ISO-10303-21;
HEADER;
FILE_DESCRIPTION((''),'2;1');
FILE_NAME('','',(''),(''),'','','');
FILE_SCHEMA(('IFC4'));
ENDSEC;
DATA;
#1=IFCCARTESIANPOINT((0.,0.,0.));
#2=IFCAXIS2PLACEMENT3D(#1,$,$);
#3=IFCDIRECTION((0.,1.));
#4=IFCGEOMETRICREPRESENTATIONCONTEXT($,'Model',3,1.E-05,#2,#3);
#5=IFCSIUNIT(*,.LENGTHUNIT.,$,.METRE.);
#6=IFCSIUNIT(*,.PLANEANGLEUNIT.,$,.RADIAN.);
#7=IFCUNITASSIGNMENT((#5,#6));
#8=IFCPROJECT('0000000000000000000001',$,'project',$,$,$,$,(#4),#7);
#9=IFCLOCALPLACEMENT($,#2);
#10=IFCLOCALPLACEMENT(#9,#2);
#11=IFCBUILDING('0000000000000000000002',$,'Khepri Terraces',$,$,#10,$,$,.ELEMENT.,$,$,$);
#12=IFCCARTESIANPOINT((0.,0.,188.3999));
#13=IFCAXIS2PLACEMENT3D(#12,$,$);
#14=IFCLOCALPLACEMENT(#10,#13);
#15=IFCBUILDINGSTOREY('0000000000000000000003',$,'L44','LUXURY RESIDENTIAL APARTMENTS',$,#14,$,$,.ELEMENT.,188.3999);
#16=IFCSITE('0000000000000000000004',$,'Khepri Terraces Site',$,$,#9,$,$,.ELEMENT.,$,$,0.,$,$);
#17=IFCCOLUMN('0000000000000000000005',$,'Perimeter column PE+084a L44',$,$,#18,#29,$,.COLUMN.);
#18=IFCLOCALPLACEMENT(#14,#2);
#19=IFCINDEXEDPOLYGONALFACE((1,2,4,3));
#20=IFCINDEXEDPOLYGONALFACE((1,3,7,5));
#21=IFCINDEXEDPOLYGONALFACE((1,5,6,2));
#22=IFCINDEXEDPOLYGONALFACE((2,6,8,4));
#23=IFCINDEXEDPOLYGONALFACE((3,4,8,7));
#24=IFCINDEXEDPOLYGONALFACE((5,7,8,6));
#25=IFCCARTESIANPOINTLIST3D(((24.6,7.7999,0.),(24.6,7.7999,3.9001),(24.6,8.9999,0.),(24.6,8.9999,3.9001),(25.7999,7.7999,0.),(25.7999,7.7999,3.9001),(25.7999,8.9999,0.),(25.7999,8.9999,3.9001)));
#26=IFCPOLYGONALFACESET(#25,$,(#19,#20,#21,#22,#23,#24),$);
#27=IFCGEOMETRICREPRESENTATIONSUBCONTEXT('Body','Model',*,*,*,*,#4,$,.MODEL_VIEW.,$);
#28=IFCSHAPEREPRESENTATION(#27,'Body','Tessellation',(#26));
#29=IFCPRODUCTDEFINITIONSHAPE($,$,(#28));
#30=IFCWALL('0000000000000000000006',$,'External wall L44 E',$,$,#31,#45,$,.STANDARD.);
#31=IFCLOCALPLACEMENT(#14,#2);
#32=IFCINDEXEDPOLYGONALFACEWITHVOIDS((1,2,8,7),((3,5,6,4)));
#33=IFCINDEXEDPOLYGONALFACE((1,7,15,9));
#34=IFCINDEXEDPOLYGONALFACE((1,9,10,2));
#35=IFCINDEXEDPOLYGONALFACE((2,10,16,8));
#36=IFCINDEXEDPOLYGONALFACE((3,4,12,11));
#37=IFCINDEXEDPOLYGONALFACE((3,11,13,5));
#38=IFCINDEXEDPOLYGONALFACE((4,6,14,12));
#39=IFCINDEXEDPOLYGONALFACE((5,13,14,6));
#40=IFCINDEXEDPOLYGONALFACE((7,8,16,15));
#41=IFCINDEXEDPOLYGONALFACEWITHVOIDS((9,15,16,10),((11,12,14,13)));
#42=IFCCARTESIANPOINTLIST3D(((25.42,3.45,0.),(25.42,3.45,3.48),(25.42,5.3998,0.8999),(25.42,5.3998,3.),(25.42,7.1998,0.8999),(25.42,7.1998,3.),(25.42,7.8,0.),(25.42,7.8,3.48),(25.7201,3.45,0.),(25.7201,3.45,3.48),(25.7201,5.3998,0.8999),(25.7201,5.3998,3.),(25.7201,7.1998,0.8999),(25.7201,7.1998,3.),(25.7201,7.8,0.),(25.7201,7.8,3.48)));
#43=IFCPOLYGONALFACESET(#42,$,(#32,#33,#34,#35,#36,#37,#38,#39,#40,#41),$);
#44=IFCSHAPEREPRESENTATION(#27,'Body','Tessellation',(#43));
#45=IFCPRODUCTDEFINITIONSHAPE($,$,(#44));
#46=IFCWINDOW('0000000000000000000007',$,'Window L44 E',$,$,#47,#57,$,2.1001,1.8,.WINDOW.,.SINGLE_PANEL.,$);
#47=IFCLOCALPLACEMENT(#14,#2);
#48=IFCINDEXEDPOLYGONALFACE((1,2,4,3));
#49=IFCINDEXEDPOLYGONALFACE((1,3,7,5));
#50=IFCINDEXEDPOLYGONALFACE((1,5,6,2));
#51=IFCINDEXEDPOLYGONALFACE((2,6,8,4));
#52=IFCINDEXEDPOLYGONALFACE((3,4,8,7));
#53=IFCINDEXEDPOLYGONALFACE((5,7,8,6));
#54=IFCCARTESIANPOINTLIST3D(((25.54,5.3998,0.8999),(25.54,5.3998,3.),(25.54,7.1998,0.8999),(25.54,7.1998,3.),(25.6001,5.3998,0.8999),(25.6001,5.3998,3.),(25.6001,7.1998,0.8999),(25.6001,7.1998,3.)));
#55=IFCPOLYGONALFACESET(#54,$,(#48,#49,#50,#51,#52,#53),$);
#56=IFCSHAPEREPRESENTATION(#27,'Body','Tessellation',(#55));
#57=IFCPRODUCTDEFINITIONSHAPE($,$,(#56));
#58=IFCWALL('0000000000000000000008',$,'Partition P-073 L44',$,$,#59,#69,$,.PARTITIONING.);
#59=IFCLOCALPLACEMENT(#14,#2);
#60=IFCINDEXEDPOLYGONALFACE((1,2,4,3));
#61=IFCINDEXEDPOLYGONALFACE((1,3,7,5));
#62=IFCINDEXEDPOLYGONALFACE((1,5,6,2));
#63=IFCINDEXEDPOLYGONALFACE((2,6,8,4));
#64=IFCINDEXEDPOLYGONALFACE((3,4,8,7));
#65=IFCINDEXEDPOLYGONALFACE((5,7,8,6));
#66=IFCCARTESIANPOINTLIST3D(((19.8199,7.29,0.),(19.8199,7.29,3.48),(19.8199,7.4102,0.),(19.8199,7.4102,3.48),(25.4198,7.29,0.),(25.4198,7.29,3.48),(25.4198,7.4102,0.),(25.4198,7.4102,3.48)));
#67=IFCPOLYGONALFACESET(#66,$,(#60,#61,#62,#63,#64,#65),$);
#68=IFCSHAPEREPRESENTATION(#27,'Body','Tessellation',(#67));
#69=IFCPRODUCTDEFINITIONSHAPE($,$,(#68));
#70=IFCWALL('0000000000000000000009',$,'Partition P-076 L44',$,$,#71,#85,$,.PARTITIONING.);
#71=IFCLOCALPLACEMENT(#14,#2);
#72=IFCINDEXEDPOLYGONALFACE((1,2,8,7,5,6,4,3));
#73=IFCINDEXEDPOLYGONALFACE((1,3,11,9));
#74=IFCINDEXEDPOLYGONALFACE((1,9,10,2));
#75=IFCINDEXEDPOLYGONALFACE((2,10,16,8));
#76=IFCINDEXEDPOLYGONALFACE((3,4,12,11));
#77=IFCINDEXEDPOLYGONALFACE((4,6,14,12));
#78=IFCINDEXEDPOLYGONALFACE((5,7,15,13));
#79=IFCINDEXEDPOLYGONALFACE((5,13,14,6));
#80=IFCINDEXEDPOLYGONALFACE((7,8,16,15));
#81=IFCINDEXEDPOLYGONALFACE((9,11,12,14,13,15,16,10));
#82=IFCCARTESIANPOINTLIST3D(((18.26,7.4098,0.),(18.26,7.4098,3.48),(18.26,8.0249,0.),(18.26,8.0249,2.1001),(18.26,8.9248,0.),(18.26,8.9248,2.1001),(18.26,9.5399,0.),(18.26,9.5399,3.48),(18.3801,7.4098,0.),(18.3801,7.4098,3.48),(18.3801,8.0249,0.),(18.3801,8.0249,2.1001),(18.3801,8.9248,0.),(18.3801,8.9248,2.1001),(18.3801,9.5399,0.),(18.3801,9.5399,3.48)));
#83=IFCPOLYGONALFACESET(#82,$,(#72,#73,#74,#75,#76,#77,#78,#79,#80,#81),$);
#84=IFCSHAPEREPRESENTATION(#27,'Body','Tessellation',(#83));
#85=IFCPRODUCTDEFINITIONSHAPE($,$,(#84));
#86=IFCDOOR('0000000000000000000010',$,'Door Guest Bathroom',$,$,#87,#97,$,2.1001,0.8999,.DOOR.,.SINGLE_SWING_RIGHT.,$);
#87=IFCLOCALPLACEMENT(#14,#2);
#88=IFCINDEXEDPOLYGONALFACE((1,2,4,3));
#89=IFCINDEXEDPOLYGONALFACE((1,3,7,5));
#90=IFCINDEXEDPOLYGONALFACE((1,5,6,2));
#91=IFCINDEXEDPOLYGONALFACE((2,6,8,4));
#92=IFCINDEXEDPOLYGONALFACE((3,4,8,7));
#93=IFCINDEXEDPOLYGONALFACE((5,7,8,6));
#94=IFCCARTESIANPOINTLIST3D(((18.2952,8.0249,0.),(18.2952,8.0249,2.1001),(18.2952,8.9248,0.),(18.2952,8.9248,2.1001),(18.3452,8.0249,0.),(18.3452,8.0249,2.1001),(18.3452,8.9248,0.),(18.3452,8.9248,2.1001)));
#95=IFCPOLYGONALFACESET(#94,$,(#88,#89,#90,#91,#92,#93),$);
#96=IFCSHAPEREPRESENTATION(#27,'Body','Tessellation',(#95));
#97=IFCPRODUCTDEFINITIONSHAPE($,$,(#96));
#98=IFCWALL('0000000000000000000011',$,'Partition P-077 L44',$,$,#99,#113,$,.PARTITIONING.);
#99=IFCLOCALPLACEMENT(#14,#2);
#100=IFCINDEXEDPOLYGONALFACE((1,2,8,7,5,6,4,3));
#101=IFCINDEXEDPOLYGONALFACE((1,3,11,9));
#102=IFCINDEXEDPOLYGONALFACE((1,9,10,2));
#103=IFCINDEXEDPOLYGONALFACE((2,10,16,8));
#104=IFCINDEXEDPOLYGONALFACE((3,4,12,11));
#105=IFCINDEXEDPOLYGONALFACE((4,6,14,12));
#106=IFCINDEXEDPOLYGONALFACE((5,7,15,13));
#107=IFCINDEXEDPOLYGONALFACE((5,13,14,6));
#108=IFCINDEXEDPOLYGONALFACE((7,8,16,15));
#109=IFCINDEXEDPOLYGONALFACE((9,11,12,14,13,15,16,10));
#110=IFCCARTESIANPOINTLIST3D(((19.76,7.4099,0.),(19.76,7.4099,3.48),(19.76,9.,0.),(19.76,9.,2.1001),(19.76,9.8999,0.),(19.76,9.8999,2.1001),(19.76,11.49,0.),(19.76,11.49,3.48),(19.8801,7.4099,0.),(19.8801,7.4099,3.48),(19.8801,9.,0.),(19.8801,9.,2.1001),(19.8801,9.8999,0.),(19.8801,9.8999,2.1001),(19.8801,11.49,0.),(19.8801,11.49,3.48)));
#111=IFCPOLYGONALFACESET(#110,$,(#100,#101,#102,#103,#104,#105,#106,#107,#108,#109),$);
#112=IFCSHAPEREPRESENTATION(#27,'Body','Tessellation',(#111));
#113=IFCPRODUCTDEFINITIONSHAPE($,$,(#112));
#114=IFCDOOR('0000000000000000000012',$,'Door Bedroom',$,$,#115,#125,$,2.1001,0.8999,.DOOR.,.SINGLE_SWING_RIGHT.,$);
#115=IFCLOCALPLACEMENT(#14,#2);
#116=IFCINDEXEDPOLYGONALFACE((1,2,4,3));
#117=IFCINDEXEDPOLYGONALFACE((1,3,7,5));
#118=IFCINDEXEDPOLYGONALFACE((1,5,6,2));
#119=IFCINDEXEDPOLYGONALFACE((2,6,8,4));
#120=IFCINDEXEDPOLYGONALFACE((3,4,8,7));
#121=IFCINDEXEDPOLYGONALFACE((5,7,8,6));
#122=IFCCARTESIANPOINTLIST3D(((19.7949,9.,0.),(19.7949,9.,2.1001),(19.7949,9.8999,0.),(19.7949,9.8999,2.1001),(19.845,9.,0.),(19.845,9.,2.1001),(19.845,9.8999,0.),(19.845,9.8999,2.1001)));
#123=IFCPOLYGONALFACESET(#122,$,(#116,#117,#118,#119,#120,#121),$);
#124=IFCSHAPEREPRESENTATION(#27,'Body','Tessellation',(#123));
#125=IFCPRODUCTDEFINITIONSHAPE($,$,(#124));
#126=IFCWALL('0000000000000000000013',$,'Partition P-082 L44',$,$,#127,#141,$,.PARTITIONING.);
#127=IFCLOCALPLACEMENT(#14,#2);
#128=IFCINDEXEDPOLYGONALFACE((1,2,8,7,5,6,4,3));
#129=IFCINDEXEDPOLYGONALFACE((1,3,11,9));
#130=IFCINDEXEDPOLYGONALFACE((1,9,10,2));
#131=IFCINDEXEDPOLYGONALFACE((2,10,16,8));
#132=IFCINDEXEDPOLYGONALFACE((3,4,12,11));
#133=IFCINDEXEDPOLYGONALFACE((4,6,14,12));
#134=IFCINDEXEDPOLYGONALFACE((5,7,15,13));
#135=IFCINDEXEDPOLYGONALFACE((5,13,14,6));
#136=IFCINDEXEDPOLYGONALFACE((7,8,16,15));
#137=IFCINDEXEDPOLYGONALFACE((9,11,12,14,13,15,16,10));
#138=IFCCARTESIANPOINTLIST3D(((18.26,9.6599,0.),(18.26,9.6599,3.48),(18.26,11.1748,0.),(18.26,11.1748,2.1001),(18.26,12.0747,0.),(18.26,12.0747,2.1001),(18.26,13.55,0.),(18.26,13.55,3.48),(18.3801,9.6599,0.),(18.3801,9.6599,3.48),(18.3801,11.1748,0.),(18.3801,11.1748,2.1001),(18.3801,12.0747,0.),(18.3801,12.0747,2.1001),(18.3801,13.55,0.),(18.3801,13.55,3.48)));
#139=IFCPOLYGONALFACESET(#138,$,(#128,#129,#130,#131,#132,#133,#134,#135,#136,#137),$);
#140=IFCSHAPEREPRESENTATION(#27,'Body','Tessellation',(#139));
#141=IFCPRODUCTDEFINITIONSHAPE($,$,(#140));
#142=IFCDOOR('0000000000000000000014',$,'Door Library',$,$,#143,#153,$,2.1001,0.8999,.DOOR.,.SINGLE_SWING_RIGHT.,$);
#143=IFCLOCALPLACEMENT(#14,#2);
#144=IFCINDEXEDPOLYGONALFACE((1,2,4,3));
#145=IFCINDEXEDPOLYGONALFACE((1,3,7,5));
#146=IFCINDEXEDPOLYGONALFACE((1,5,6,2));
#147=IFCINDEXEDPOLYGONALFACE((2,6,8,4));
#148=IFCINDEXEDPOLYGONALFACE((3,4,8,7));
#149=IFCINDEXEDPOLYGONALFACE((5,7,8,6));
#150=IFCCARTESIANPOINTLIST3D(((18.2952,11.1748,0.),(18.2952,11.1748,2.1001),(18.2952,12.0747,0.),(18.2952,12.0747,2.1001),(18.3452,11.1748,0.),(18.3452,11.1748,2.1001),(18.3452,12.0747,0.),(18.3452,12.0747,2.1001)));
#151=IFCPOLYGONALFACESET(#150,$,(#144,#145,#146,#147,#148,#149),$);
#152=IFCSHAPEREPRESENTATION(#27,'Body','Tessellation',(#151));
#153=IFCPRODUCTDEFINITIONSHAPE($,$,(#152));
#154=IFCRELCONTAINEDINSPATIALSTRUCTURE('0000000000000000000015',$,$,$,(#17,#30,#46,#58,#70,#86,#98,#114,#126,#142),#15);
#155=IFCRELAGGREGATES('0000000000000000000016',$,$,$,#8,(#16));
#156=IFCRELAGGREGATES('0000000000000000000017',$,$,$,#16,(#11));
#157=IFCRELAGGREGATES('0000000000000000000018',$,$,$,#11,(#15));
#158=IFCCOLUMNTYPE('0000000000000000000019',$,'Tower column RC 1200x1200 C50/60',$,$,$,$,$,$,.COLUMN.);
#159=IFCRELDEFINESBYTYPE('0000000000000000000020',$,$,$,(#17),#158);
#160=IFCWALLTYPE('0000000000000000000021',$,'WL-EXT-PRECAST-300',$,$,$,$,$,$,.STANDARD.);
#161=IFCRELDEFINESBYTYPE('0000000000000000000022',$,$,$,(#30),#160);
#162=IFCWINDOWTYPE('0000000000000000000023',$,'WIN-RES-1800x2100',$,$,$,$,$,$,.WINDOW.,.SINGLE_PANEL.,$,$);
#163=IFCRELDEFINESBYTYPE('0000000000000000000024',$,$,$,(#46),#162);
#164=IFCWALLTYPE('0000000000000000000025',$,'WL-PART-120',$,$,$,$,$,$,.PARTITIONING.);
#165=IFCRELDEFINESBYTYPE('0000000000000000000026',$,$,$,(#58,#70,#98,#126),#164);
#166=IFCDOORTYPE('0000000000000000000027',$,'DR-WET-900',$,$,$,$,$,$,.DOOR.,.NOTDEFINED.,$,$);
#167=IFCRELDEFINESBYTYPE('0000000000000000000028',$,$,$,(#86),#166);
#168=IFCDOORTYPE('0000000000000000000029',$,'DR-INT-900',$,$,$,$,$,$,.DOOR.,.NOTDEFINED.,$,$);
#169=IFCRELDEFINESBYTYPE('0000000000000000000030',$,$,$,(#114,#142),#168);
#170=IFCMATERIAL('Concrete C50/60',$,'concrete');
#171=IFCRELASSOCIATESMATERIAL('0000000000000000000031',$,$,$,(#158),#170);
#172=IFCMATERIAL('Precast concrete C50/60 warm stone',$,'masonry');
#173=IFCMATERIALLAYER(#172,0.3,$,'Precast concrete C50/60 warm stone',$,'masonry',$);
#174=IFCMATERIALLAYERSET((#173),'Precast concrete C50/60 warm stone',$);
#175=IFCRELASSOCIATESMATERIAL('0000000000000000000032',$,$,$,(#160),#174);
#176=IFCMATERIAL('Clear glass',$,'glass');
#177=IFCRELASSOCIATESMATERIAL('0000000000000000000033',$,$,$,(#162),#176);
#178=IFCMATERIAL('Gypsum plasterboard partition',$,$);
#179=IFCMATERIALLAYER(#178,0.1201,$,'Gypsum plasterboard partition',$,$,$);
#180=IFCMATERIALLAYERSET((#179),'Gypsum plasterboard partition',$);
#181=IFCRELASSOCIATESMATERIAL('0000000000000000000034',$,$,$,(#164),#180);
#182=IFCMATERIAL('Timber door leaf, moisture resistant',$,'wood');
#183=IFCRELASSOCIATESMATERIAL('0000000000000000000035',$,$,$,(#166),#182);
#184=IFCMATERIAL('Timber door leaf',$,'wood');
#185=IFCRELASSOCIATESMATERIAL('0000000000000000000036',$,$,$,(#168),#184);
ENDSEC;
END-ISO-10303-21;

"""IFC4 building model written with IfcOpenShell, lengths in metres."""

from ifc_helpers import new_model, si_unit, direction, frame, frame_2d, origin, origin_2d, place, context, subcontext, project, spatial, rectangle, extrude, material, layer, layer_set, material_profile, profile_set, type_object, element, fill, save


model = new_model("IFC4")

# Units and contexts
model_context = context("Model", 3, precision=1e-05, world=origin(), true_north=direction((0.0, 1.0)))
body_context = subcontext(model_context, "Body", "Model", "MODEL_VIEW")
ifc_project = project(units=[si_unit("LENGTHUNIT", "METRE"), si_unit("PLANEANGLEUNIT", "RADIAN")], contexts=[model_context])

# Site, building, storey
site_placement = place(None, origin())
site = spatial("IfcSite", under=ifc_project, at=site_placement, Name="Khepri Terraces Site", CompositionType="ELEMENT", RefElevation=0.0)
building_placement = place(site_placement, origin())
building = spatial("IfcBuilding", under=site, at=building_placement, Name="Khepri Terraces", CompositionType="ELEMENT")
storey_placement = place(building_placement, frame((0.0, 0.0, 188.3999)))
storey = spatial("IfcBuildingStorey", under=building, at=storey_placement, Name="L44", Description="LUXURY RESIDENTIAL APARTMENTS", CompositionType="ELEMENT", Elevation=188.3999)

# Column
ifc_material_1 = material(Name="Concrete C50/60", Category="concrete")
ifc_material_profile = material_profile(ifc_material_1, rectangle(XDim=1.2, YDim=1.2, at=origin_2d()), Name="Concrete C50/60", Category="concrete")
ifc_profile_set = profile_set([ifc_material_profile], Name="Concrete C50/60")
column_type = type_object("IfcColumnType", Name="Tower column RC 1200x1200 C50/60", PredefinedType="COLUMN", material=ifc_profile_set)
column_placement = place(storey_placement, frame((25.2, 8.3999, 0.0), z_axis=(0.0, 0.0, 1.0), x_axis=(1.0, 0.0, 0.0)))
element("IfcColumn", 1, at=column_placement, inside=storey, type_object=column_type, Name="Perimeter column PE+084a L44", PredefinedType="COLUMN", context=body_context, shape_type="SweptSolid", body=[
    extrude(rectangle(XDim=1.2, YDim=1.2, at=origin_2d()), origin(), (0.0, 0.0, 1.0), 3.9001),
])

# Wall, opening, window
ifc_material_2 = material(Name="Precast concrete C50/60 warm stone", Category="masonry")
ifc_layer_1 = layer(ifc_material_2, 0.3, Name="Precast concrete C50/60 warm stone", Category="masonry")
ifc_layer_set_1 = layer_set([ifc_layer_1], Name="Precast concrete C50/60 warm stone")
wall_type_1 = type_object("IfcWallType", Name="WL-EXT-PRECAST-300", PredefinedType="STANDARD", material=ifc_layer_set_1)
wall_1_placement = place(storey_placement, frame((25.5701, 3.45, 0.0), z_axis=(0.0, 0.0, 1.0), x_axis=(0.0, 1.0, 0.0)))
wall_1 = element("IfcWall", 2, at=wall_1_placement, inside=storey, type_object=wall_type_1, Name="External wall L44 E", PredefinedType="STANDARD", context=body_context, shape_type="SweptSolid", body=[
    extrude(rectangle(XDim=4.3501, YDim=0.3, at=frame_2d((2.175, 0.0))), origin(), (0.0, 0.0, 1.0), 3.48),
])
opening_1_placement = place(wall_1_placement, frame((1.95, 0.0, 0.8999)))
opening_1 = element("IfcOpeningElement", 3, at=opening_1_placement, cuts=wall_1, PredefinedType="OPENING", context=body_context, shape_type="SweptSolid", body=[
    extrude(rectangle(XDim=1.8, YDim=2.1001, at=frame_2d((0.8999, 1.05))), frame((0.0, 0.1602, 0.0), z_axis=(0.0, -1.0, 0.0), x_axis=(1.0, 0.0, 0.0)), (0.0, 0.0, 1.0), 0.3201),
])
ifc_material_3 = material(Name="Clear glass", Category="glass")
window_type = type_object("IfcWindowType", Name="WIN-RES-1800x2100", PartitioningType="SINGLE_PANEL", PredefinedType="WINDOW", material=ifc_material_3)
window_1_placement = place(opening_1_placement, origin())
window_1 = element("IfcWindow", 4, at=window_1_placement, inside=storey, type_object=window_type, Name="Window L44 E", OverallHeight=2.1001, OverallWidth=1.8, PartitioningType="SINGLE_PANEL", PredefinedType="WINDOW", context=body_context, shape_type="SweptSolid", body=[
    extrude(rectangle(XDim=1.8, YDim=2.1001, at=frame_2d((0.8999, 1.05))), frame((0.0, 0.03, 0.0), z_axis=(0.0, -1.0, 0.0), x_axis=(1.0, 0.0, 0.0)), (0.0, 0.0, 1.0), 0.0601),
])
fill(opening_1, window_1)

# Wall
ifc_material_4 = material(Name="Gypsum plasterboard partition")
ifc_layer_2 = layer(ifc_material_4, 0.1201, Name="Gypsum plasterboard partition")
ifc_layer_set_2 = layer_set([ifc_layer_2], Name="Gypsum plasterboard partition")
wall_type_2 = type_object("IfcWallType", Name="WL-PART-120", PredefinedType="PARTITIONING", material=ifc_layer_set_2)
wall_2_placement = place(storey_placement, frame((19.8201, 7.3501, 0.0), z_axis=(0.0, 0.0, 1.0), x_axis=(1.0, 0.0, 0.0)))
element("IfcWall", 5, at=wall_2_placement, inside=storey, type_object=wall_type_2, Name="Partition P-073 L44", PredefinedType="PARTITIONING", context=body_context, shape_type="SweptSolid", body=[
    extrude(rectangle(XDim=5.5999, YDim=0.1201, at=frame_2d((2.7998, 0.0))), origin(), (0.0, 0.0, 1.0), 3.48),
])

# Walls, openings, doors
wall_3_placement = place(storey_placement, frame((18.3201, 7.4099, 0.0), z_axis=(0.0, 0.0, 1.0), x_axis=(0.0, 1.0, 0.0)))
wall_3 = element("IfcWall", 6, at=wall_3_placement, inside=storey, type_object=wall_type_2, Name="Partition P-076 L44", PredefinedType="PARTITIONING", context=body_context, shape_type="SweptSolid", body=[
    extrude(rectangle(XDim=2.1301, YDim=0.1201, at=frame_2d((1.0649, 0.0))), origin(), (0.0, 0.0, 1.0), 3.48),
])
opening_2_placement = place(wall_3_placement, frame((0.615, 0.0, 0.0)))
opening_2 = element("IfcOpeningElement", 7, at=opening_2_placement, cuts=wall_3, PredefinedType="OPENING", context=body_context, shape_type="SweptSolid", body=[
    extrude(rectangle(XDim=0.8999, YDim=2.1001, at=frame_2d((0.45, 1.05))), frame((0.0, 0.0701, 0.0), z_axis=(0.0, -1.0, 0.0), x_axis=(1.0, 0.0, 0.0)), (0.0, 0.0, 1.0), 0.1401),
])
ifc_material_5 = material(Name="Timber door leaf, moisture resistant", Category="wood")
door_type_1 = type_object("IfcDoorType", Name="DR-WET-900", OperationType="NOTDEFINED", PredefinedType="DOOR", material=ifc_material_5)
door_1_placement = place(opening_2_placement, origin())
door_1 = element("IfcDoor", 8, at=door_1_placement, inside=storey, type_object=door_type_1, Name="Door Guest Bathroom", OperationType="SINGLE_SWING_RIGHT", OverallHeight=2.1001, OverallWidth=0.8999, PredefinedType="DOOR", context=body_context, shape_type="SweptSolid", body=[
    extrude(rectangle(XDim=0.8999, YDim=2.1001, at=frame_2d((0.45, 1.05))), frame((0.0, 0.0249, 0.0), z_axis=(0.0, -1.0, 0.0), x_axis=(1.0, 0.0, 0.0)), (0.0, 0.0, 1.0), 0.05),
])
fill(opening_2, door_1)
wall_4_placement = place(storey_placement, frame((19.8201, 7.4099, 0.0), z_axis=(0.0, 0.0, 1.0), x_axis=(0.0, 1.0, 0.0)))
wall_4 = element("IfcWall", 9, at=wall_4_placement, inside=storey, type_object=wall_type_2, Name="Partition P-077 L44", PredefinedType="PARTITIONING", context=body_context, shape_type="SweptSolid", body=[
    extrude(rectangle(XDim=4.0801, YDim=0.1201, at=frame_2d((2.04, 0.0))), origin(), (0.0, 0.0, 1.0), 3.48),
])
opening_3_placement = place(wall_4_placement, frame((1.5901, 0.0, 0.0)))
opening_3 = element("IfcOpeningElement", 10, at=opening_3_placement, cuts=wall_4, PredefinedType="OPENING", context=body_context, shape_type="SweptSolid", body=[
    extrude(rectangle(XDim=0.8999, YDim=2.1001, at=frame_2d((0.45, 1.05))), frame((0.0, 0.0701, 0.0), z_axis=(0.0, -1.0, 0.0), x_axis=(1.0, 0.0, 0.0)), (0.0, 0.0, 1.0), 0.1401),
])
ifc_material_6 = material(Name="Timber door leaf", Category="wood")
door_type_2 = type_object("IfcDoorType", Name="DR-INT-900", OperationType="NOTDEFINED", PredefinedType="DOOR", material=ifc_material_6)
door_2_placement = place(opening_3_placement, frame((0.8999, 0.0, 0.0), z_axis=(0.0, 0.0, 1.0), x_axis=(-1.0, 0.0, 0.0)))
door_2 = element("IfcDoor", 11, at=door_2_placement, inside=storey, type_object=door_type_2, Name="Door Bedroom", OperationType="SINGLE_SWING_RIGHT", OverallHeight=2.1001, OverallWidth=0.8999, PredefinedType="DOOR", context=body_context, shape_type="SweptSolid", body=[
    extrude(rectangle(XDim=0.8999, YDim=2.1001, at=frame_2d((0.45, 1.05))), frame((0.0, 0.0249, 0.0), z_axis=(0.0, -1.0, 0.0), x_axis=(1.0, 0.0, 0.0)), (0.0, 0.0, 1.0), 0.05),
])
fill(opening_3, door_2)
wall_5_placement = place(storey_placement, frame((18.3201, 9.6599, 0.0), z_axis=(0.0, 0.0, 1.0), x_axis=(0.0, 1.0, 0.0)))
wall_5 = element("IfcWall", 12, at=wall_5_placement, inside=storey, type_object=wall_type_2, Name="Partition P-082 L44", PredefinedType="PARTITIONING", context=body_context, shape_type="SweptSolid", body=[
    extrude(rectangle(XDim=3.8901, YDim=0.1201, at=frame_2d((1.9451, 0.0))), origin(), (0.0, 0.0, 1.0), 3.48),
])
opening_4_placement = place(wall_5_placement, frame((1.5149, 0.0, 0.0)))
opening_4 = element("IfcOpeningElement", 13, at=opening_4_placement, cuts=wall_5, PredefinedType="OPENING", context=body_context, shape_type="SweptSolid", body=[
    extrude(rectangle(XDim=0.8999, YDim=2.1001, at=frame_2d((0.45, 1.05))), frame((0.0, 0.0701, 0.0), z_axis=(0.0, -1.0, 0.0), x_axis=(1.0, 0.0, 0.0)), (0.0, 0.0, 1.0), 0.1401),
])
door_3_placement = place(opening_4_placement, origin())
door_3 = element("IfcDoor", 14, at=door_3_placement, inside=storey, type_object=door_type_2, Name="Door Library", OperationType="SINGLE_SWING_RIGHT", OverallHeight=2.1001, OverallWidth=0.8999, PredefinedType="DOOR", context=body_context, shape_type="SweptSolid", body=[
    extrude(rectangle(XDim=0.8999, YDim=2.1001, at=frame_2d((0.45, 1.05))), frame((0.0, 0.0249, 0.0), z_axis=(0.0, -1.0, 0.0), x_axis=(1.0, 0.0, 0.0)), (0.0, 0.0, 1.0), 0.05),
])
fill(opening_4, door_3)

save(model, "model.ifc")
